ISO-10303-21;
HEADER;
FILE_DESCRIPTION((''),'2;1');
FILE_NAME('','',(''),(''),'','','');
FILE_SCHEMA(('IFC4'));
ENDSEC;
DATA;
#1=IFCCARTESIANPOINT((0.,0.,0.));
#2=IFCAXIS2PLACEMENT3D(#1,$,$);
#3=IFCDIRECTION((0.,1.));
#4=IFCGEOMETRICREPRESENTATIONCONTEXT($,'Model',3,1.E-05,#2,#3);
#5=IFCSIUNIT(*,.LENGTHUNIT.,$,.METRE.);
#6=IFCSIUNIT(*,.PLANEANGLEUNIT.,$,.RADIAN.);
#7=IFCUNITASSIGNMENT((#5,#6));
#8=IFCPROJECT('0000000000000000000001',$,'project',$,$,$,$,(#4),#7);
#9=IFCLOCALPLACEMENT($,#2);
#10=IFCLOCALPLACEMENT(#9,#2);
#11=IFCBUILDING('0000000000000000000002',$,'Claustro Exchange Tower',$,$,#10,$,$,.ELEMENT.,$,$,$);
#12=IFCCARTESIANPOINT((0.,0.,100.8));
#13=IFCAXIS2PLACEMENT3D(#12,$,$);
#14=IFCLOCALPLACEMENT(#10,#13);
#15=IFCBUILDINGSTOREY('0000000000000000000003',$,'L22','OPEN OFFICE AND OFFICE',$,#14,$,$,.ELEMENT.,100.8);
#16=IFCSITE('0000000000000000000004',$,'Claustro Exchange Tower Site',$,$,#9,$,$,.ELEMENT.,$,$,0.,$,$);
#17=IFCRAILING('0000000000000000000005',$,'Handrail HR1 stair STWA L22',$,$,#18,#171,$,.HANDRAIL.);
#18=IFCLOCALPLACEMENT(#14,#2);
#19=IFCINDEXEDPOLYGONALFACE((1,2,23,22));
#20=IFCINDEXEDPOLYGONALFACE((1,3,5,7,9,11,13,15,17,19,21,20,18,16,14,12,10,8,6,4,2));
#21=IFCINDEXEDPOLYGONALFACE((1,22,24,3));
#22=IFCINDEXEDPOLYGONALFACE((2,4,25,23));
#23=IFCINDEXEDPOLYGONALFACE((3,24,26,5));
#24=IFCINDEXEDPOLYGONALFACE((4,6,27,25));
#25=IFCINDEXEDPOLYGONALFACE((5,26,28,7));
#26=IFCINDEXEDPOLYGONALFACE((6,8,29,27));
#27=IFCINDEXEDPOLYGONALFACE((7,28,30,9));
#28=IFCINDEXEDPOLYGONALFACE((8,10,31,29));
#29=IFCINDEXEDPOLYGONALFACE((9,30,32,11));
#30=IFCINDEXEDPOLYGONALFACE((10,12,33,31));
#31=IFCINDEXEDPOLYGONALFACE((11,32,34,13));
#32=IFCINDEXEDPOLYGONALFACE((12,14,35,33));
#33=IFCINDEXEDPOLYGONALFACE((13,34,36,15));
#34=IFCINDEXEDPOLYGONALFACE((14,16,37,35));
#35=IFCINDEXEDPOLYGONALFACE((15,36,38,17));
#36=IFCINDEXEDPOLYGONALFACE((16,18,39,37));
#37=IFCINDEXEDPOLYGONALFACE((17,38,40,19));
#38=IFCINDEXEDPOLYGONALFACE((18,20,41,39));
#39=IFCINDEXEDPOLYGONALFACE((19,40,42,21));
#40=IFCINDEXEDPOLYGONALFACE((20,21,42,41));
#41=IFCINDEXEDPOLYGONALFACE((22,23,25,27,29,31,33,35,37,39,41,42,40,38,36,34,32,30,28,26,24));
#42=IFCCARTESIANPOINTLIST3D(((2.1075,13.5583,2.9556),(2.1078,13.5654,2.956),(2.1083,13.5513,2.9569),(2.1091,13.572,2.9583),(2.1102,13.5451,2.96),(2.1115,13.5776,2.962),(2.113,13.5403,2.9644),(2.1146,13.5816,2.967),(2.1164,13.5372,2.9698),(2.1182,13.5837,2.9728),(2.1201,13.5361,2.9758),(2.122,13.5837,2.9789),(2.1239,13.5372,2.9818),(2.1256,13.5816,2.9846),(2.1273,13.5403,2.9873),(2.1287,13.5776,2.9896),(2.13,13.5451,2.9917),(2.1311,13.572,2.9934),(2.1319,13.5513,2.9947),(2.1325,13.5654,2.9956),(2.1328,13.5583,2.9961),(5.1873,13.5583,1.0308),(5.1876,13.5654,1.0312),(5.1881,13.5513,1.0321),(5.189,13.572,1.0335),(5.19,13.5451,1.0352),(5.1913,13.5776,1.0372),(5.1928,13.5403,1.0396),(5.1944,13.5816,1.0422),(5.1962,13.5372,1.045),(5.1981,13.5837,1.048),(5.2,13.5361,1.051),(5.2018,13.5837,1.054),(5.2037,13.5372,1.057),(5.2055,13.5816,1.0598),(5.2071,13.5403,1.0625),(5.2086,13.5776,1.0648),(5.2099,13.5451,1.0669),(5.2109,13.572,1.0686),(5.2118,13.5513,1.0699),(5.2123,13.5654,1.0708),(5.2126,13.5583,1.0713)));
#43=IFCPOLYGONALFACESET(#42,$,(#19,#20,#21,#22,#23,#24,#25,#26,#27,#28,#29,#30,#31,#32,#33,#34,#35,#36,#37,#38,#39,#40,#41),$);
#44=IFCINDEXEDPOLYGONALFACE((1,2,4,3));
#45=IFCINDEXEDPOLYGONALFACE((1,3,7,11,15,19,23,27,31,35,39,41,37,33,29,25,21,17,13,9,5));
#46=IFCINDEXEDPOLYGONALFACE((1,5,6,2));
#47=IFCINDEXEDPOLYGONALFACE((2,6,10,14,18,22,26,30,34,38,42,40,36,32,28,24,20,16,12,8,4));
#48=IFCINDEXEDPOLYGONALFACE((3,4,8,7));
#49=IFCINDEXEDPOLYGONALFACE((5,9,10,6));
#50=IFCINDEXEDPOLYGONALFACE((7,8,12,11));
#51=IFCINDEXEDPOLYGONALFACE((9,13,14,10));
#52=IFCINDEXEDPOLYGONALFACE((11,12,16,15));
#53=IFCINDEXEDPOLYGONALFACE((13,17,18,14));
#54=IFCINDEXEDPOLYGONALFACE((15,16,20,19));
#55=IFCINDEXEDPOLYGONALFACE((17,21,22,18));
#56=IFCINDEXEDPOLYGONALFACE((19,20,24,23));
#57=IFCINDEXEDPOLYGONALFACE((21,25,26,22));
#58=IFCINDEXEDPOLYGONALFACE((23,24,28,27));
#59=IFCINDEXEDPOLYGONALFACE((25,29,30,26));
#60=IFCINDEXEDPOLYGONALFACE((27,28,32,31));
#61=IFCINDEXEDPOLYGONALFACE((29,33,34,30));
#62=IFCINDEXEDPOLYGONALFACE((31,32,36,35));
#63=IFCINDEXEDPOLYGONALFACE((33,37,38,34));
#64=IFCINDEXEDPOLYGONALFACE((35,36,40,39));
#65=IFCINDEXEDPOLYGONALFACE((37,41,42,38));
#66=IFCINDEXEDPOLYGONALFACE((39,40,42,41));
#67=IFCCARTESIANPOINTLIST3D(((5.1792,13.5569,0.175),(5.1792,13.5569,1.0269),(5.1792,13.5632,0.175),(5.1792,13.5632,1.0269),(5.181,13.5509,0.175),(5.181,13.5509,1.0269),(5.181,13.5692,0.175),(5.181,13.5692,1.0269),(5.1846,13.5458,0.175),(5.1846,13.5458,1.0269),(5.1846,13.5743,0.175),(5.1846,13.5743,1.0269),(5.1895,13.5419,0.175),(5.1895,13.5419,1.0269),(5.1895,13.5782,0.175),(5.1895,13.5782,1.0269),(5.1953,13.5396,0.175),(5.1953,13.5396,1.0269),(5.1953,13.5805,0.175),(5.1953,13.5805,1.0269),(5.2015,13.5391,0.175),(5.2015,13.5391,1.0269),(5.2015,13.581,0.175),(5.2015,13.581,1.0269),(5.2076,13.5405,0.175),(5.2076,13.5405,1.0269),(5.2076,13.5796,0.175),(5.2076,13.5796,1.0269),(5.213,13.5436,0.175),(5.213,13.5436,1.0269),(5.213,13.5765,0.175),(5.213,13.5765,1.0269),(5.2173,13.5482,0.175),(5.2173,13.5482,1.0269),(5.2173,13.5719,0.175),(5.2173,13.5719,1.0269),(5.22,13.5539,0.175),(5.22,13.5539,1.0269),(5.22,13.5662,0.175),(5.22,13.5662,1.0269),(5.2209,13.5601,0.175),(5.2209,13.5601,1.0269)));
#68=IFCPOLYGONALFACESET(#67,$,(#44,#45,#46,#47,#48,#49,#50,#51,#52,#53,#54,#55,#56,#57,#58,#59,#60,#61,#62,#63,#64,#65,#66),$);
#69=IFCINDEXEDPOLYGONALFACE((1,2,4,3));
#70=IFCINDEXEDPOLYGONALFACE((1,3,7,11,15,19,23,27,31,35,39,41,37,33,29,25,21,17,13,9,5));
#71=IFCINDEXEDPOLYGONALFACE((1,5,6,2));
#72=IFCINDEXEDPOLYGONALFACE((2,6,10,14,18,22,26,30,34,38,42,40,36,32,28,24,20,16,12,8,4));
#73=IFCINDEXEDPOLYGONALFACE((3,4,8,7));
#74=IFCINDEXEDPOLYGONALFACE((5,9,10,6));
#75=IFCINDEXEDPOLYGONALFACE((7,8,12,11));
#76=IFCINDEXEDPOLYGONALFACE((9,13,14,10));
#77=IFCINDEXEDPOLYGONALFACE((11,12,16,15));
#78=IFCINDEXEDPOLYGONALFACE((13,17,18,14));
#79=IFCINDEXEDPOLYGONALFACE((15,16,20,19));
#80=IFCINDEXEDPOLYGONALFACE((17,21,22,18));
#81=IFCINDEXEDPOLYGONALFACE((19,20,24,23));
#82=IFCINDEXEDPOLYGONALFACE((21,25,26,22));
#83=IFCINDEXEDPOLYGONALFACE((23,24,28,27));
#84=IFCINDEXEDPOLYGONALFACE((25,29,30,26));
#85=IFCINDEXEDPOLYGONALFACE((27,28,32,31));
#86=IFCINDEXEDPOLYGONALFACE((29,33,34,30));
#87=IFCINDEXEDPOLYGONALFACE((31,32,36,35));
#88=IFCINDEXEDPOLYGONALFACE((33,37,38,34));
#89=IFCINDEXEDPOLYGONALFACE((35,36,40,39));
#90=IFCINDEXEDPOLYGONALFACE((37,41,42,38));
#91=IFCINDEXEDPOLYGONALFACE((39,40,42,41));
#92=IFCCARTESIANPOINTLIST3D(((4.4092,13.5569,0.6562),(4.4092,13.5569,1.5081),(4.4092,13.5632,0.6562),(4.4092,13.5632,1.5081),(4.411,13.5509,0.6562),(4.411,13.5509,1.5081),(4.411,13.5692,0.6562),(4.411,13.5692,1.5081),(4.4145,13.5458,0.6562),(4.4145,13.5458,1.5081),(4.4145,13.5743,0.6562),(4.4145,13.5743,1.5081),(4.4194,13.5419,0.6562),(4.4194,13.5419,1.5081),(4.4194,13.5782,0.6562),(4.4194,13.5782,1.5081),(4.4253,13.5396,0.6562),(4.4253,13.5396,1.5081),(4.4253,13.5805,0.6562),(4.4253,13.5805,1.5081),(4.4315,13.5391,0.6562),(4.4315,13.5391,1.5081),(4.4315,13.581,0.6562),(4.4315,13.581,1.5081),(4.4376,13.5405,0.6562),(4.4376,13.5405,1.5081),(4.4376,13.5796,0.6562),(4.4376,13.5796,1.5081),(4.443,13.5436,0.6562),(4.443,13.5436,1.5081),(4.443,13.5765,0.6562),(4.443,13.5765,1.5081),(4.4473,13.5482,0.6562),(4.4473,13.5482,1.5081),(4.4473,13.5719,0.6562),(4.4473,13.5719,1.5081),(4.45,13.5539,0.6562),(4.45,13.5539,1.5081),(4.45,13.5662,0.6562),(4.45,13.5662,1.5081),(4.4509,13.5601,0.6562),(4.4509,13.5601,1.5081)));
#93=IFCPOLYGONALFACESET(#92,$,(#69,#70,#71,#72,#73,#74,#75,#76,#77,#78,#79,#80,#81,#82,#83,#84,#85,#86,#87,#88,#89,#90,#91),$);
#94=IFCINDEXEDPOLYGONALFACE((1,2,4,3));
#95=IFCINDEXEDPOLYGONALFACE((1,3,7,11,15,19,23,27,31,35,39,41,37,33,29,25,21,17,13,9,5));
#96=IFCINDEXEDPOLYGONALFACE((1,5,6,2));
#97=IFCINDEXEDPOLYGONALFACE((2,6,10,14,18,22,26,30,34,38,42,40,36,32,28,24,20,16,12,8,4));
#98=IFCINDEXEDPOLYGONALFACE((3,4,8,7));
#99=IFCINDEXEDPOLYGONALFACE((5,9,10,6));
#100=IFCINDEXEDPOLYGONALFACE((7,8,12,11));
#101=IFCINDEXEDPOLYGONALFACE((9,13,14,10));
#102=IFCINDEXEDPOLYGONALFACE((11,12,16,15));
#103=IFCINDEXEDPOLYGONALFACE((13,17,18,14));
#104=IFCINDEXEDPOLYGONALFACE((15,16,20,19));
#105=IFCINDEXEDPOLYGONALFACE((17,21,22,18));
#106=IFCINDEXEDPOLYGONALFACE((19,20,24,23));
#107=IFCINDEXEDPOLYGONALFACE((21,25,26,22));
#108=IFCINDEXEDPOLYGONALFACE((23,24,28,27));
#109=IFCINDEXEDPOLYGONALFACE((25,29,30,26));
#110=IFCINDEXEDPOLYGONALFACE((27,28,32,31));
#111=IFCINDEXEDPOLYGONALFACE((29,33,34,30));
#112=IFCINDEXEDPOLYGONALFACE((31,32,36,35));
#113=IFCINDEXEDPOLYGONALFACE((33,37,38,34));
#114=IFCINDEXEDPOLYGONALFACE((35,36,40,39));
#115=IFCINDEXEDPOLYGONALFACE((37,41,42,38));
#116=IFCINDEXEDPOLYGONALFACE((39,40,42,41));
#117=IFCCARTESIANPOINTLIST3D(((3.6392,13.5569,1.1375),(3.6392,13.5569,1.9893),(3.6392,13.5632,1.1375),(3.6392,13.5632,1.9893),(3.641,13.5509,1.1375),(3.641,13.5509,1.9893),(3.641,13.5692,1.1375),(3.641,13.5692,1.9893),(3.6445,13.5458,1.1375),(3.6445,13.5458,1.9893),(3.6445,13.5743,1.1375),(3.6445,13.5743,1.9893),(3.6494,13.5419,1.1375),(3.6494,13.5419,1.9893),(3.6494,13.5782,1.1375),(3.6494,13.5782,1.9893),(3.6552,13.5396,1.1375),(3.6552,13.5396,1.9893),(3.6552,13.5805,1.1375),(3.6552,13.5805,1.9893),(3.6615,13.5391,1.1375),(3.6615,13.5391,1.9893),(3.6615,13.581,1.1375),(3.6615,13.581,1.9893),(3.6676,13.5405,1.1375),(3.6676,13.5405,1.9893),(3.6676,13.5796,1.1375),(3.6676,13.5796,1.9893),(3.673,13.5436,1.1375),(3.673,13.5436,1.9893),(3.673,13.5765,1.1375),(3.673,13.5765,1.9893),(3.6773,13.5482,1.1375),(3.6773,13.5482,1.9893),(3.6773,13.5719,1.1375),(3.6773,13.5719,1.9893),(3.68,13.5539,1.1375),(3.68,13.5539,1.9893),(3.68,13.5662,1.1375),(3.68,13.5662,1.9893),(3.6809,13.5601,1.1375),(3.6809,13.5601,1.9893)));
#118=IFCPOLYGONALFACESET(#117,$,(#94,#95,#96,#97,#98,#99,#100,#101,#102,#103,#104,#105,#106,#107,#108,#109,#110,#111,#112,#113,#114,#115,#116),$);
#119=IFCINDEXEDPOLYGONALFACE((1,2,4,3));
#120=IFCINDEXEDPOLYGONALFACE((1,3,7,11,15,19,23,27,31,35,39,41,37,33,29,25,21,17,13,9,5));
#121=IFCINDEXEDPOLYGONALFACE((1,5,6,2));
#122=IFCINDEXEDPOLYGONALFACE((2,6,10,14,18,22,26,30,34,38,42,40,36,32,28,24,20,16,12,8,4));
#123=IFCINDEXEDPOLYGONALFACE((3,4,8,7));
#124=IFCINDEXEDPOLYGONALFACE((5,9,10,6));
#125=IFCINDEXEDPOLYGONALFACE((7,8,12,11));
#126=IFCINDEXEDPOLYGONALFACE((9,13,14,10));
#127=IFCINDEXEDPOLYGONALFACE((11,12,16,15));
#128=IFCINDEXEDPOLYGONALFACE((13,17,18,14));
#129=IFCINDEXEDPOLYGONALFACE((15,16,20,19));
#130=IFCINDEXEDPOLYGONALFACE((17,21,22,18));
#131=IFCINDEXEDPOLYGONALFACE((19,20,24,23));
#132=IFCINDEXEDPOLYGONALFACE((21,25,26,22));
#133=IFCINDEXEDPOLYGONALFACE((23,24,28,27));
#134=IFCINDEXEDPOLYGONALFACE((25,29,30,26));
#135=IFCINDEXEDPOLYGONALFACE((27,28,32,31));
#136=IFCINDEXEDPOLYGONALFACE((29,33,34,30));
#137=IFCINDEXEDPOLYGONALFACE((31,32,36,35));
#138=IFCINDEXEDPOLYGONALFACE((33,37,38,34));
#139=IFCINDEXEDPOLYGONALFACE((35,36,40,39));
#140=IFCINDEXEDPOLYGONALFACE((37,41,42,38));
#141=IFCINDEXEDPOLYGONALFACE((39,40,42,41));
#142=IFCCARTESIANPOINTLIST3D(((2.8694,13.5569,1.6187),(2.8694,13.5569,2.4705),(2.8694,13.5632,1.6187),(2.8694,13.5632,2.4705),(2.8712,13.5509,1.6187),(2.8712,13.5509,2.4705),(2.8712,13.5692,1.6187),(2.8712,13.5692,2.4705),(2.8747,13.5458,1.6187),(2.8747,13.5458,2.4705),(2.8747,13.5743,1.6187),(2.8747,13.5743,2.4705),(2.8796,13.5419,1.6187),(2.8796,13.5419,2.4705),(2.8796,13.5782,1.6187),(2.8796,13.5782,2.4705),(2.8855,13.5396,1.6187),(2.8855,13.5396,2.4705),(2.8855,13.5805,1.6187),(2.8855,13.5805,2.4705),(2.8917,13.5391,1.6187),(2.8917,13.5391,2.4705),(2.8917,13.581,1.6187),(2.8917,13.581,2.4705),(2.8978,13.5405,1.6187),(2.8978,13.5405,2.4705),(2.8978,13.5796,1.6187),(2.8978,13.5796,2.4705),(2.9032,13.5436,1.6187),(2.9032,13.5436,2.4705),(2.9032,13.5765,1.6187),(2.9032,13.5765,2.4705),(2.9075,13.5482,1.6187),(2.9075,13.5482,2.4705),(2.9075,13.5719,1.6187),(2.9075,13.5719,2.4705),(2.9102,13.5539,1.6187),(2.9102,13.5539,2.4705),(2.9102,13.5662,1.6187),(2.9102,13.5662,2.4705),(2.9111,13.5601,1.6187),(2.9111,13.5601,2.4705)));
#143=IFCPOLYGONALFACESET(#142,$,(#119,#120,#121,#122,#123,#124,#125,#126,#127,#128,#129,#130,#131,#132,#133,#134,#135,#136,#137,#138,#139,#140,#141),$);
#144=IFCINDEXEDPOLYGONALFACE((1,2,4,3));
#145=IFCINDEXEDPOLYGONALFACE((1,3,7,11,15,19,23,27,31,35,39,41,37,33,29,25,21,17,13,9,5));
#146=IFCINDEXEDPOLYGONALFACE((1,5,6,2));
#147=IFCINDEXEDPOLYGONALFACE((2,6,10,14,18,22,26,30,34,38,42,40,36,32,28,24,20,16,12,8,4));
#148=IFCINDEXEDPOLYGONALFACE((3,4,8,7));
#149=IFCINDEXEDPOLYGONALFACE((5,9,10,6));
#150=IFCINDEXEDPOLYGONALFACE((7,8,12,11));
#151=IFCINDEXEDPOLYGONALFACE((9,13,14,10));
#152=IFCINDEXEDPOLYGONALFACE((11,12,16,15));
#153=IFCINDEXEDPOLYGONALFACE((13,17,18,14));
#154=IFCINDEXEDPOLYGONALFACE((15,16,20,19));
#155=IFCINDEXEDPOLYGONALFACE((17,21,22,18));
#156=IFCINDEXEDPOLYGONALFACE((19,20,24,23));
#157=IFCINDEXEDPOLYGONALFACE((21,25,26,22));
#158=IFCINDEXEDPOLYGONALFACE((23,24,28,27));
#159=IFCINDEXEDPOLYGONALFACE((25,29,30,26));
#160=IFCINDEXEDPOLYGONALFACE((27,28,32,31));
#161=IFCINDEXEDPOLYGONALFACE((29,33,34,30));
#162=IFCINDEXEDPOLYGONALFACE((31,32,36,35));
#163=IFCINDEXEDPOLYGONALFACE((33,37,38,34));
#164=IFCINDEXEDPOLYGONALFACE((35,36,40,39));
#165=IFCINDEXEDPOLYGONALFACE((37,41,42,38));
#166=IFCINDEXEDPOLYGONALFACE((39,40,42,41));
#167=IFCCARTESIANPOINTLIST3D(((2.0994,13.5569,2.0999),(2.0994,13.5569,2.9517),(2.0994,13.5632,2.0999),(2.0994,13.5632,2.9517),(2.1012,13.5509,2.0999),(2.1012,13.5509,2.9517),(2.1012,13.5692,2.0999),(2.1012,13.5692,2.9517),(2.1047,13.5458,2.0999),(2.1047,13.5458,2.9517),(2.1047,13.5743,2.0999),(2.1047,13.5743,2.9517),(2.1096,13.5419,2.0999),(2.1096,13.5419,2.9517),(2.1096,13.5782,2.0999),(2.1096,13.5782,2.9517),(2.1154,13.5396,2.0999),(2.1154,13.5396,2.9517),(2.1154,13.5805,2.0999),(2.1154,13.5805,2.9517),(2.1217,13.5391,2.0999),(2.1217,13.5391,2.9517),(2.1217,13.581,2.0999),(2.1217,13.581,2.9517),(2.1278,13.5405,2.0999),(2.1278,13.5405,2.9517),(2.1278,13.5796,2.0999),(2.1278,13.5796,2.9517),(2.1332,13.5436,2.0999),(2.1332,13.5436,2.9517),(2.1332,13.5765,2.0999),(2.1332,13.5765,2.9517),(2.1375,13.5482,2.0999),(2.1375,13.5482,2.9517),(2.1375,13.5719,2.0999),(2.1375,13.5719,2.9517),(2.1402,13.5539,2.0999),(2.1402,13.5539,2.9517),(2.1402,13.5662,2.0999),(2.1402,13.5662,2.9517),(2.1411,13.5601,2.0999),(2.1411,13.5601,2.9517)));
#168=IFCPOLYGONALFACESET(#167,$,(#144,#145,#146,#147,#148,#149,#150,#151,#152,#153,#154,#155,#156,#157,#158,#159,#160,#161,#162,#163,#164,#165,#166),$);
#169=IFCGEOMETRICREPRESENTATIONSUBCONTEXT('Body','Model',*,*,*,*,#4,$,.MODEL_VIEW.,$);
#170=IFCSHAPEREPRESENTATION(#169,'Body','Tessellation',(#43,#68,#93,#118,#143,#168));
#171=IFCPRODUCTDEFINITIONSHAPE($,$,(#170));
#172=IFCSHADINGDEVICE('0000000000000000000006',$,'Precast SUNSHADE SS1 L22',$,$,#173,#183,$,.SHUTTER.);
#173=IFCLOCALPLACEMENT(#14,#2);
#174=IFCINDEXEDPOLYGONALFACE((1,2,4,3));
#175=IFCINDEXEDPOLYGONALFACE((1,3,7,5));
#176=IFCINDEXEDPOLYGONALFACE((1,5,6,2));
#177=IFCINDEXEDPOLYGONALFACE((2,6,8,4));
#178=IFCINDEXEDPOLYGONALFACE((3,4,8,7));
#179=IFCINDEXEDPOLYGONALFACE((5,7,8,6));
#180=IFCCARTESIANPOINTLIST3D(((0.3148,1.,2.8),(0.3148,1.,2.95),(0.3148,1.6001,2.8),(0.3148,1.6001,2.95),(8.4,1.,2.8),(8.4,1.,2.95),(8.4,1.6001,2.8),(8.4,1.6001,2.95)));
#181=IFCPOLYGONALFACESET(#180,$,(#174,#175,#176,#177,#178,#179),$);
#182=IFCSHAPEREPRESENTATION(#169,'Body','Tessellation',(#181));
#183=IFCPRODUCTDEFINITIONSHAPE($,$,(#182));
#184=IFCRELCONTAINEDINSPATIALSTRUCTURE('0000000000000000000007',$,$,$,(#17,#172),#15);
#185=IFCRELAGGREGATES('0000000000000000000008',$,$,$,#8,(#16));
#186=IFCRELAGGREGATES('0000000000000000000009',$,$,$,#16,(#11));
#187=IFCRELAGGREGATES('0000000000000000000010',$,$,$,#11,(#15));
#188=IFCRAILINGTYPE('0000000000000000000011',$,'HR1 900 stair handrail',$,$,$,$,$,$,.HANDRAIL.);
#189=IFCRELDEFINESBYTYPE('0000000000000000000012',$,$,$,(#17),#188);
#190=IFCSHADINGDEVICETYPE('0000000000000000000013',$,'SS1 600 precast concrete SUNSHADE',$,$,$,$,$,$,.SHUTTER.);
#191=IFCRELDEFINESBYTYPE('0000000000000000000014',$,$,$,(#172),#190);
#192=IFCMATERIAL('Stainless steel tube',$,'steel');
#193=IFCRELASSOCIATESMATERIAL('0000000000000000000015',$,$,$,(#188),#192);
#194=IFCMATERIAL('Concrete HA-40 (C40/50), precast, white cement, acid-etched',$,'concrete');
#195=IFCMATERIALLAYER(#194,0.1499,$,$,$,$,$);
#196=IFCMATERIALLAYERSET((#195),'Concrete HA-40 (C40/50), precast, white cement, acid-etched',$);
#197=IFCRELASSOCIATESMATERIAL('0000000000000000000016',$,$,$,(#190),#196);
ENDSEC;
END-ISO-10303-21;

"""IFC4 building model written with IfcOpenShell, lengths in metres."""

from ifc_helpers import new_model, si_unit, direction, frame, origin, origin_2d, place, context, subcontext, project, spatial, rectangle, circle, extrude, material, layer, layer_set, type_object, element, save


model = new_model("IFC4")

# Units and contexts
model_context = context("Model", 3, precision=1e-05, world=origin(), true_north=direction((0.0, 1.0)))
body_context = subcontext(model_context, "Body", "Model", "MODEL_VIEW")
ifc_project = project(units=[si_unit("LENGTHUNIT", "METRE"), si_unit("PLANEANGLEUNIT", "RADIAN")], contexts=[model_context])

# Site, building, storey
site_placement = place(None, origin())
site = spatial("IfcSite", under=ifc_project, at=site_placement, Name="Claustro Exchange Tower Site", CompositionType="ELEMENT", RefElevation=0.0)
building_placement = place(site_placement, origin())
building = spatial("IfcBuilding", under=site, at=building_placement, Name="Claustro Exchange Tower", CompositionType="ELEMENT")
storey_placement = place(building_placement, frame((0.0, 0.0, 100.8)))
storey = spatial("IfcBuildingStorey", under=building, at=storey_placement, Name="L22", Description="OPEN OFFICE AND OFFICE", CompositionType="ELEMENT", Elevation=100.8)

# Railing
ifc_material_1 = material(Name="Stainless steel tube", Category="steel")
railing_type_1 = type_object("IfcRailingType", Name="HR1 900 stair handrail", PredefinedType="HANDRAIL", material=ifc_material_1)
railing_1_placement = place(storey_placement, frame((5.2, 13.5601, 0.175)))
element("IfcRailing", 1, at=railing_1_placement, inside=storey, type_object=railing_type_1, Name="Handrail HR1 stair STWA L22", PredefinedType="HANDRAIL", context=body_context, shape_type="SweptSolid", body=[
    extrude(circle(Radius=0.0239, at=origin_2d()), frame((0.0, 0.0, 0.876), z_axis=(-0.84801, 0.0, 0.529981), x_axis=(0.0, -1.0, 0.0)), (0.0, 0.0, 1.0), 3.6318),
    extrude(circle(Radius=0.021, at=origin_2d()), origin(), (0.0, 0.0, 1.0), 0.8518),
    extrude(circle(Radius=0.021, at=origin_2d()), frame((-0.77, 0.0, 0.4812)), (0.0, 0.0, 1.0), 0.8518),
    extrude(circle(Radius=0.021, at=origin_2d()), frame((-1.54, 0.0, 0.9624)), (0.0, 0.0, 1.0), 0.8518),
    extrude(circle(Radius=0.021, at=origin_2d()), frame((-2.3098, 0.0, 1.4436)), (0.0, 0.0, 1.0), 0.8518),
    extrude(circle(Radius=0.021, at=origin_2d()), frame((-3.0798, 0.0, 1.9248)), (0.0, 0.0, 1.0), 0.8518),
])

# Shading device
ifc_material_2 = material(Name="Concrete HA-40 (C40/50), precast, white cement, acid-etched", Category="concrete")
ifc_layer_1 = layer(ifc_material_2, 0.1499)
ifc_layer_set_1 = layer_set([ifc_layer_1], Name="Concrete HA-40 (C40/50), precast, white cement, acid-etched")
shading_device_type = type_object("IfcShadingDeviceType", Name="SS1 600 precast concrete SUNSHADE", PredefinedType="SHUTTER", material=ifc_layer_set_1)
shading_device_placement = place(storey_placement, frame((4.3574, 1.3, 2.8), z_axis=(0.0, 0.0, 1.0), x_axis=(-1.0, 0.0, 0.0)))
element("IfcShadingDevice", 2, at=shading_device_placement, inside=storey, type_object=shading_device_type, Name="Precast SUNSHADE SS1 L22", PredefinedType="SHUTTER", context=body_context, shape_type="SweptSolid", body=[
    extrude(rectangle(XDim=8.0852, YDim=0.6001, at=origin_2d()), origin(), (0.0, 0.0, 1.0), 0.1499),
])

save(model, "model.ifc")
